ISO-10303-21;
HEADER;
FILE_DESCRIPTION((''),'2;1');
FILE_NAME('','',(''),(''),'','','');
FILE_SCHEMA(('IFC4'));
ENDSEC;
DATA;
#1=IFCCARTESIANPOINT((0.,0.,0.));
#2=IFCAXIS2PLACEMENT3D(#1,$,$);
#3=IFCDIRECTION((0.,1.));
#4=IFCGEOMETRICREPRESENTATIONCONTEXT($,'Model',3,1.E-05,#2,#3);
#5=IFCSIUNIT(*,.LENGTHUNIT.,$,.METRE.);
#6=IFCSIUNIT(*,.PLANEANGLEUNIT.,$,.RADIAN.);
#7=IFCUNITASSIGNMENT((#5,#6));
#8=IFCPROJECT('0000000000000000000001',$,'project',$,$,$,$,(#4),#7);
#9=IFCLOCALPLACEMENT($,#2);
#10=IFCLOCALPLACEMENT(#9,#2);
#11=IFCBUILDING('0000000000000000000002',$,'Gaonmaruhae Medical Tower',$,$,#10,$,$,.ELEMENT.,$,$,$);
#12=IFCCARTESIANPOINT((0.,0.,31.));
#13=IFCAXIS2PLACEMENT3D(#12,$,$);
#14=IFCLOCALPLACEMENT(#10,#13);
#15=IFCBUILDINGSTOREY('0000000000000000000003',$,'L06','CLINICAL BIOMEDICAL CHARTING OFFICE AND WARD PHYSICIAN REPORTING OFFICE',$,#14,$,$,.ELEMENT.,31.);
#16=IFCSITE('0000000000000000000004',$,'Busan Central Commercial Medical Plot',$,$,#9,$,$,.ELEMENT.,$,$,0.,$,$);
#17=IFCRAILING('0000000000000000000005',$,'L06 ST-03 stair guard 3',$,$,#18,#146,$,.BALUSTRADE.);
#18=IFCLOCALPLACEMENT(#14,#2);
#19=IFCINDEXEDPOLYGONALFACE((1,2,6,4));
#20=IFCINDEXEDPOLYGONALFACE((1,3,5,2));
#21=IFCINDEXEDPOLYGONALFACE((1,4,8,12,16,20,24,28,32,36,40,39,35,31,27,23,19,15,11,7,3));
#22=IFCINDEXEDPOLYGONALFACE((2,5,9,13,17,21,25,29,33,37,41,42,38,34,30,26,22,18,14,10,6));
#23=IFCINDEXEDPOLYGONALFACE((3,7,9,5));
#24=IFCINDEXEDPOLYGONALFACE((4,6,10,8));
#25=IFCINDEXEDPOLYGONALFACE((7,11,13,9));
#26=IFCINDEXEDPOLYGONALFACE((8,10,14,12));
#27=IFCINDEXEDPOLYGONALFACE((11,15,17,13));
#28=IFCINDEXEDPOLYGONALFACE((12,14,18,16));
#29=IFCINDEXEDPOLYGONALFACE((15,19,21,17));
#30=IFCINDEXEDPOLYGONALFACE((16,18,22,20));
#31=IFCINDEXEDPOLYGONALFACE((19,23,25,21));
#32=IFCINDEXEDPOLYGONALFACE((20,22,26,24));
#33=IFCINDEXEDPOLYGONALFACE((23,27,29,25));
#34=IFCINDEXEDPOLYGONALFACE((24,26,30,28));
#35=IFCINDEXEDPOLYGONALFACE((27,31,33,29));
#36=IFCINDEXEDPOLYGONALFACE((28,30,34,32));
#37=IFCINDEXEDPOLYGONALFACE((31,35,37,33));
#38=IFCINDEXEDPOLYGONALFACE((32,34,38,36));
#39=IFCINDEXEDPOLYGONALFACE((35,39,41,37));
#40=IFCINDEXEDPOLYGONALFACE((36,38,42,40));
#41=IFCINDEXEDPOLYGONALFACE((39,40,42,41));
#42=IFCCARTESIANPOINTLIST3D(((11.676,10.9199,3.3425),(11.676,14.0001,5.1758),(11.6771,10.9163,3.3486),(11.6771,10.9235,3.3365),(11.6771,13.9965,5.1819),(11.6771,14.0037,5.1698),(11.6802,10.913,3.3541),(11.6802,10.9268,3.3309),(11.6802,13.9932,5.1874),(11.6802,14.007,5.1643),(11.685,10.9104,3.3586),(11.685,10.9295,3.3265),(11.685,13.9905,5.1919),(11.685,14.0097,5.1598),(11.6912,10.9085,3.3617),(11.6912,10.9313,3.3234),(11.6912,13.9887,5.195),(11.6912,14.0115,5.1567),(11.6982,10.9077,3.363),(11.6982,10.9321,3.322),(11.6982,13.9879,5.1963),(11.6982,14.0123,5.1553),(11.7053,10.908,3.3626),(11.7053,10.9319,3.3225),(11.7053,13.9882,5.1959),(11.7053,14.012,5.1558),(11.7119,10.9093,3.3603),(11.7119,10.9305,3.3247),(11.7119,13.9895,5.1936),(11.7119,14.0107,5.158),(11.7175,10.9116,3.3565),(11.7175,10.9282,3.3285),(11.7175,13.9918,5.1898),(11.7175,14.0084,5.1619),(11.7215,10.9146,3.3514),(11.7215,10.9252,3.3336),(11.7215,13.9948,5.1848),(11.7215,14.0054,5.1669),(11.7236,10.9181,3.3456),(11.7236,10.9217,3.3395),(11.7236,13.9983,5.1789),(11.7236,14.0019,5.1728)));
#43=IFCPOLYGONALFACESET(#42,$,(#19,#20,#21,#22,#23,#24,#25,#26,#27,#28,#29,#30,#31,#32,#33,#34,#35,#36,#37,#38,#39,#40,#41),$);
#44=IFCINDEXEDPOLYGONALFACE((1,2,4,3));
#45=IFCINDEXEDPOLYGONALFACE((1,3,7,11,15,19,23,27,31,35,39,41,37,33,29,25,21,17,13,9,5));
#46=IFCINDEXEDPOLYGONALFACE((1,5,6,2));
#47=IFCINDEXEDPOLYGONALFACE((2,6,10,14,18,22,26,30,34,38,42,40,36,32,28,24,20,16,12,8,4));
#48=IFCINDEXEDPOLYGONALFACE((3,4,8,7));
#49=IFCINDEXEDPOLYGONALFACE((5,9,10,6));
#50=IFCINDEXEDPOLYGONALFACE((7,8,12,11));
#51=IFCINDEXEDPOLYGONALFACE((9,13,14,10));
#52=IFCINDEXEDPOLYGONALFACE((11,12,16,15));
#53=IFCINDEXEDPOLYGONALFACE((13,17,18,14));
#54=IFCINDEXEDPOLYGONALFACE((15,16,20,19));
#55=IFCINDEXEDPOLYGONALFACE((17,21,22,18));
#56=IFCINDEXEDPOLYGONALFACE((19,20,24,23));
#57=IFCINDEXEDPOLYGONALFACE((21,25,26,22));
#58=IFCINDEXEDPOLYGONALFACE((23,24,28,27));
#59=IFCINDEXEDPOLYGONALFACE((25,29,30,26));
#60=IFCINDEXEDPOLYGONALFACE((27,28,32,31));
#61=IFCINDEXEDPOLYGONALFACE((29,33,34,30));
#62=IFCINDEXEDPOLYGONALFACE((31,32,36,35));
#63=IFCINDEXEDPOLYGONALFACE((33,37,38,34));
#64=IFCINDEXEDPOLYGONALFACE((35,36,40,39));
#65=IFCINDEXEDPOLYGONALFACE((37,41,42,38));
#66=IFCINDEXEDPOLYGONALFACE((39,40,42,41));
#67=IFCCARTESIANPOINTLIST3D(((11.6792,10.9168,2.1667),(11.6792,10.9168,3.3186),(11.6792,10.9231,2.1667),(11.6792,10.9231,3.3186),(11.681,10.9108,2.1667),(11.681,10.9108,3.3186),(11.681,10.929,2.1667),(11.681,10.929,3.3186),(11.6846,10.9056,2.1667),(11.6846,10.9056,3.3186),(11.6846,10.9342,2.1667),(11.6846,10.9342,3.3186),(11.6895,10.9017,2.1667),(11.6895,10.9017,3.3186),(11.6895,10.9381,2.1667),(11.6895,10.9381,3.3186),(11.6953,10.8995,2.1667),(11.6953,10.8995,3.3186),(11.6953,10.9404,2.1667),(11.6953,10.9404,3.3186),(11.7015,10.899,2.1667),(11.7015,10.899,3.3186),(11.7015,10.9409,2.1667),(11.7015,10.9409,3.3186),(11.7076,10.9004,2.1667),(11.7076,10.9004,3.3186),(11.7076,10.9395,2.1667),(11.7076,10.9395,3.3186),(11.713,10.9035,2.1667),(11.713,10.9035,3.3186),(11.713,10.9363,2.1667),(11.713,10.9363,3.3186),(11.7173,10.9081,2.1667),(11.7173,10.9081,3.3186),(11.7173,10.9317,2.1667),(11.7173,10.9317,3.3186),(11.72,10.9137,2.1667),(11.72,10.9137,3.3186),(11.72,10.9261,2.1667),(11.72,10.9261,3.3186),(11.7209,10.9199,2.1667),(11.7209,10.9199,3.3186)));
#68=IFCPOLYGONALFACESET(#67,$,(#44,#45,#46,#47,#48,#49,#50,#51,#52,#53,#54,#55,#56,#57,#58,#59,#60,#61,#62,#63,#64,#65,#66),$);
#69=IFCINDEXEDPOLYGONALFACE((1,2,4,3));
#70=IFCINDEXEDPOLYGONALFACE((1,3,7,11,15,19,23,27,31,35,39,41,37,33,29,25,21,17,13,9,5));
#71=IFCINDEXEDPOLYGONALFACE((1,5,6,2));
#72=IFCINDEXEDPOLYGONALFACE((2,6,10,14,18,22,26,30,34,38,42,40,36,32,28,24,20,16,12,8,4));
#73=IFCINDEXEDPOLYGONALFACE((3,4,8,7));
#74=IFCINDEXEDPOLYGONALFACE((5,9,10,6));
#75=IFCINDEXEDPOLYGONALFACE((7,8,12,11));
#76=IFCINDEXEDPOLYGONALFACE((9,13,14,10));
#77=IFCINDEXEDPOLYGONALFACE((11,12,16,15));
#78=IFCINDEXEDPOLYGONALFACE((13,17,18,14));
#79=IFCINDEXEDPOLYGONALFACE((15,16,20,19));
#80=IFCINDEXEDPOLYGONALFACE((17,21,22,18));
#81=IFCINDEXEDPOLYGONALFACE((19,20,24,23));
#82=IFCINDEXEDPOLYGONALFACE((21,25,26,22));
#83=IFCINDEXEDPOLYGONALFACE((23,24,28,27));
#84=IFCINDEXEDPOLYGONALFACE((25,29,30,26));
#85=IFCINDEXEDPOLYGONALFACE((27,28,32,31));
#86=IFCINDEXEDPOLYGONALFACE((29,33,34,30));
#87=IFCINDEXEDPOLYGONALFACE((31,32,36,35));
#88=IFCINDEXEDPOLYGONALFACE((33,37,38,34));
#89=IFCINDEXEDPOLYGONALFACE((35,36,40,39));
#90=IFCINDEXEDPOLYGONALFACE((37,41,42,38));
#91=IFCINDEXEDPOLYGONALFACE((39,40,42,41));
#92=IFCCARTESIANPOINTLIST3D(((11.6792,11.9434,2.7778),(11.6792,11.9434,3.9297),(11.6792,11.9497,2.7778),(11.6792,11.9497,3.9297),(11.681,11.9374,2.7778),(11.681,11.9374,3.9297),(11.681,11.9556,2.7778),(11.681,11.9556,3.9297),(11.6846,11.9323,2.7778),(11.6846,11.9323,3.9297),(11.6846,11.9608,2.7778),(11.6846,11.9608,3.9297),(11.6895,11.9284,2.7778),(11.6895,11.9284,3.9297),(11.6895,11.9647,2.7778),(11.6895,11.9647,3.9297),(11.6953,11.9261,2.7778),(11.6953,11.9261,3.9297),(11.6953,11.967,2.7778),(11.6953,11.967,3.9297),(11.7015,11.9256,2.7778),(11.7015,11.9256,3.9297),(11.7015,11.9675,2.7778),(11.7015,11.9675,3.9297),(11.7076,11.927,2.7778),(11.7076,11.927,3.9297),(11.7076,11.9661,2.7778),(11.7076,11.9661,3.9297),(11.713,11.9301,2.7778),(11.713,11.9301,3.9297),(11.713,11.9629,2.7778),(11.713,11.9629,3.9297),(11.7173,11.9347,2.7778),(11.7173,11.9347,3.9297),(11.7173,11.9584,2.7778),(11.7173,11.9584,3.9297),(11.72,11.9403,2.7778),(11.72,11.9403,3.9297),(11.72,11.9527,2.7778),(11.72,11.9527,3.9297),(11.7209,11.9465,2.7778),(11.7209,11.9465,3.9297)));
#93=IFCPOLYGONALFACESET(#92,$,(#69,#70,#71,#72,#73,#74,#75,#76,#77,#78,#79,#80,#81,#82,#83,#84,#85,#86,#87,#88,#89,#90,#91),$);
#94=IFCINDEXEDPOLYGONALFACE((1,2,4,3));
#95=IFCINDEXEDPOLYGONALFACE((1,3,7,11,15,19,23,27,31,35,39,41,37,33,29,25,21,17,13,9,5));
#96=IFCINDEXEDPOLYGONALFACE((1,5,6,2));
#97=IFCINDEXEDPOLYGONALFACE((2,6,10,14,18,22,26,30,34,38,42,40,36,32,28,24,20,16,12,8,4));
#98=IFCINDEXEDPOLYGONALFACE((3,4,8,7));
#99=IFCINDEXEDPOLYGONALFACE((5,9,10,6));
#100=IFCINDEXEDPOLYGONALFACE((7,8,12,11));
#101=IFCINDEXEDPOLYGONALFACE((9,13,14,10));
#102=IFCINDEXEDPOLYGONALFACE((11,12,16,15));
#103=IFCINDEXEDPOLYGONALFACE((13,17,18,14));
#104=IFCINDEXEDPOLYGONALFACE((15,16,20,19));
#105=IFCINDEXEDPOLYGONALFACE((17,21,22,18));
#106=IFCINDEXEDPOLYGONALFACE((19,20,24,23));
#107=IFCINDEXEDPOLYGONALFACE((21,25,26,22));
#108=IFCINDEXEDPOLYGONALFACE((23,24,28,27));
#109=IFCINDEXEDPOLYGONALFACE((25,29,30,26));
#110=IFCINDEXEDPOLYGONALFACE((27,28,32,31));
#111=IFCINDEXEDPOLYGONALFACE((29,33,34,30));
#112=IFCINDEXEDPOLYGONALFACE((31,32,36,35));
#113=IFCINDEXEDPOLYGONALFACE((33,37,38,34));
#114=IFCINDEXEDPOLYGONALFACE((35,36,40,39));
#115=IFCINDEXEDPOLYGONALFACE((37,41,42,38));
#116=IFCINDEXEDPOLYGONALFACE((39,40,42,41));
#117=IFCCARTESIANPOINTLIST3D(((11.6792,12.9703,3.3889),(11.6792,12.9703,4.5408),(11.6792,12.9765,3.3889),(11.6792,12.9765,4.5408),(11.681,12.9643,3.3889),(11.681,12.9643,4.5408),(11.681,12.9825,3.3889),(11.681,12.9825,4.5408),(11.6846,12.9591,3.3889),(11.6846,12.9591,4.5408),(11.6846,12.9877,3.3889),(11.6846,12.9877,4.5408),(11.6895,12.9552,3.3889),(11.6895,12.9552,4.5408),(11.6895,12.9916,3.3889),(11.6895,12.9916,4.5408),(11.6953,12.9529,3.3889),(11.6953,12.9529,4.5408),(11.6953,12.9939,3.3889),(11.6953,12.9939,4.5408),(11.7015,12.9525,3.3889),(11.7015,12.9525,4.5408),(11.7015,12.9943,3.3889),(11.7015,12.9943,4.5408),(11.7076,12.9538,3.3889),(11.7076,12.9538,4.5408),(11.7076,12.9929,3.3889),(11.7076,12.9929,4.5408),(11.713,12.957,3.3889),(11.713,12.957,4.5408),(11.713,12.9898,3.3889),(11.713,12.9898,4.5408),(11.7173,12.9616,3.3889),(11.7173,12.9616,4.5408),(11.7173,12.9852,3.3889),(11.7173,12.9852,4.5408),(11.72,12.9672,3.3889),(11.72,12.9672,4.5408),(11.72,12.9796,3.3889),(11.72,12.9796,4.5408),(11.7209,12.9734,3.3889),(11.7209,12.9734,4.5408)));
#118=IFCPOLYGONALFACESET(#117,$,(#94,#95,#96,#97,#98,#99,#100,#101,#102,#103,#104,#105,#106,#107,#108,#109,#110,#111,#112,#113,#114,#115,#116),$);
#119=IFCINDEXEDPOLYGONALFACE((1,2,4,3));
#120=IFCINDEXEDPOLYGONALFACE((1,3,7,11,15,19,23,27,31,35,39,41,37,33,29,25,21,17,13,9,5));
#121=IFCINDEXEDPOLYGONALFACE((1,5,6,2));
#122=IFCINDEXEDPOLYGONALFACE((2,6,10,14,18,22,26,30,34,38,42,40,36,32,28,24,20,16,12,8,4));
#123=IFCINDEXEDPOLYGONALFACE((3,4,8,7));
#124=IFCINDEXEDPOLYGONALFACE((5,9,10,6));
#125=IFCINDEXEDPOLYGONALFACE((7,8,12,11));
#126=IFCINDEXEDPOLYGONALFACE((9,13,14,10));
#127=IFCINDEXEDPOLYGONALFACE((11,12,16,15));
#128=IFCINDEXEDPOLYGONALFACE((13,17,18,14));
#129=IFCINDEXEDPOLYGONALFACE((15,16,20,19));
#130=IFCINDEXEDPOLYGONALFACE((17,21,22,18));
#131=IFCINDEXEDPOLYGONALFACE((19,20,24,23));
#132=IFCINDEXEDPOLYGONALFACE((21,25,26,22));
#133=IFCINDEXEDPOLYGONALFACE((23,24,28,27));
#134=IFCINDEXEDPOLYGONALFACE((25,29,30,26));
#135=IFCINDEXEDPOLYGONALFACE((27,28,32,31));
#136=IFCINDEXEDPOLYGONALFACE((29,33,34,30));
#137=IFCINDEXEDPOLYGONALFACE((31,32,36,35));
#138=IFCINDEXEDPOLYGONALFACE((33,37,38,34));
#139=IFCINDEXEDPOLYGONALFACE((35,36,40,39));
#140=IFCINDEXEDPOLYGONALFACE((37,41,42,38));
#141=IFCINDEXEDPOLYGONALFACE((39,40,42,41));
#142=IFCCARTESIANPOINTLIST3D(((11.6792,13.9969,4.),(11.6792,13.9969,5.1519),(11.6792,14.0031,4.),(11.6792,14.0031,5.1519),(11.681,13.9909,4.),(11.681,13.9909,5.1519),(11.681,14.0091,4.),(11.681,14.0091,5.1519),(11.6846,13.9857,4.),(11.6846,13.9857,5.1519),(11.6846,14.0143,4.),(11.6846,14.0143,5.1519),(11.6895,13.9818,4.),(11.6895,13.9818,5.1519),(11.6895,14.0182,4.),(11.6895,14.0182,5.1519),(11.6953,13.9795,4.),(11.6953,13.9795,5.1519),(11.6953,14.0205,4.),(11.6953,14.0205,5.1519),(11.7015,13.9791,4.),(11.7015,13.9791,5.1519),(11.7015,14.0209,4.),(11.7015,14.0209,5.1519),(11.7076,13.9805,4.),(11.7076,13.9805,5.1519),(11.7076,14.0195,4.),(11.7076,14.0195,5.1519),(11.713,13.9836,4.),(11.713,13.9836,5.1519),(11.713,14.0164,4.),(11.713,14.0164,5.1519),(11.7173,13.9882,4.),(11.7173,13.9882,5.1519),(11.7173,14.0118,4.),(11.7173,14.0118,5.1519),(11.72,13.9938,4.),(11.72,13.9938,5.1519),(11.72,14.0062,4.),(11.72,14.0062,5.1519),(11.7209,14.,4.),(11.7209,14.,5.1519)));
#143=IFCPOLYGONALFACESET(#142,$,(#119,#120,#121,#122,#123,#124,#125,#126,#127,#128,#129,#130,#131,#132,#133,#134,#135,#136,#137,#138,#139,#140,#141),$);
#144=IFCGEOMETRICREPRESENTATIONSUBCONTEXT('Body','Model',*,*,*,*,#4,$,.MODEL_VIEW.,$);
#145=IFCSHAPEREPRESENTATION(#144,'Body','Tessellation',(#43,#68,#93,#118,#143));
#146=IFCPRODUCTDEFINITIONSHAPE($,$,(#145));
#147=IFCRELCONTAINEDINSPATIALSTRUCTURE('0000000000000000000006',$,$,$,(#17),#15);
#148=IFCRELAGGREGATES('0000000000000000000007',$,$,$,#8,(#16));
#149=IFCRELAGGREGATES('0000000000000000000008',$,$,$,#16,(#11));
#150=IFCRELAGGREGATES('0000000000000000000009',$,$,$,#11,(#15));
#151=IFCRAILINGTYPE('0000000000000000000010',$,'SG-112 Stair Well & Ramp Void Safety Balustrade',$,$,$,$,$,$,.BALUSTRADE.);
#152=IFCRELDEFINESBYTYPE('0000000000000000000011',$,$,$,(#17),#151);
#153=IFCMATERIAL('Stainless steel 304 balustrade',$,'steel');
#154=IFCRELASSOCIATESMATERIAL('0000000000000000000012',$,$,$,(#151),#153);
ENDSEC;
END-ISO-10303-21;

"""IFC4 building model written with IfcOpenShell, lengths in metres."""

from ifc_helpers import new_model, si_unit, direction, frame, origin, origin_2d, place, context, subcontext, project, spatial, circle, extrude, material, type_object, element, save


model = new_model("IFC4")

# Units and contexts
model_context = context("Model", 3, precision=1e-05, world=origin(), true_north=direction((0.0, 1.0)))
body_context = subcontext(model_context, "Body", "Model", "MODEL_VIEW")
ifc_project = project(units=[si_unit("LENGTHUNIT", "METRE"), si_unit("PLANEANGLEUNIT", "RADIAN")], contexts=[model_context])

# Site, building, storey
site_placement = place(None, origin())
site = spatial("IfcSite", under=ifc_project, at=site_placement, Name="Busan Central Commercial Medical Plot", CompositionType="ELEMENT", RefElevation=0.0)
building_placement = place(site_placement, origin())
building = spatial("IfcBuilding", under=site, at=building_placement, Name="Gaonmaruhae Medical Tower", CompositionType="ELEMENT")
storey_placement = place(building_placement, frame((0.0, 0.0, 31.0)))
storey = spatial("IfcBuildingStorey", under=building, at=storey_placement, Name="L06", Description="CLINICAL BIOMEDICAL CHARTING OFFICE AND WARD PHYSICIAN REPORTING OFFICE", CompositionType="ELEMENT", Elevation=31.0)

# Railing
ifc_material_1 = material(Name="Stainless steel 304 balustrade", Category="steel")
railing_type_1 = type_object("IfcRailingType", Name="SG-112 Stair Well & Ramp Void Safety Balustrade", PredefinedType="BALUSTRADE", material=ifc_material_1)
railing_1_placement = place(storey_placement, frame((11.7, 10.9199, 2.1667)))
element("IfcRailing", 1, at=railing_1_placement, inside=storey, type_object=railing_type_1, Name="L06 ST-03 stair guard 3", PredefinedType="BALUSTRADE", context=body_context, shape_type="SweptSolid", body=[
    extrude(circle(Radius=0.0239, at=origin_2d()), frame((0.0, 0.0, 1.1758), z_axis=(0.0, 0.859309, 0.511458), x_axis=(-1.0, 0.0, 0.0)), (0.0, 0.0, 1.0), 3.5845),
    extrude(circle(Radius=0.021, at=origin_2d()), origin(), (0.0, 0.0, 1.0), 1.1519),
    extrude(circle(Radius=0.021, at=origin_2d()), frame((0.0, 1.0266, 0.6111)), (0.0, 0.0, 1.0), 1.1519),
    extrude(circle(Radius=0.021, at=origin_2d()), frame((0.0, 2.0535, 1.2222)), (0.0, 0.0, 1.0), 1.1519),
    extrude(circle(Radius=0.021, at=origin_2d()), frame((0.0, 3.0801, 1.8333)), (0.0, 0.0, 1.0), 1.1519),
])

save(model, "model.ifc")
